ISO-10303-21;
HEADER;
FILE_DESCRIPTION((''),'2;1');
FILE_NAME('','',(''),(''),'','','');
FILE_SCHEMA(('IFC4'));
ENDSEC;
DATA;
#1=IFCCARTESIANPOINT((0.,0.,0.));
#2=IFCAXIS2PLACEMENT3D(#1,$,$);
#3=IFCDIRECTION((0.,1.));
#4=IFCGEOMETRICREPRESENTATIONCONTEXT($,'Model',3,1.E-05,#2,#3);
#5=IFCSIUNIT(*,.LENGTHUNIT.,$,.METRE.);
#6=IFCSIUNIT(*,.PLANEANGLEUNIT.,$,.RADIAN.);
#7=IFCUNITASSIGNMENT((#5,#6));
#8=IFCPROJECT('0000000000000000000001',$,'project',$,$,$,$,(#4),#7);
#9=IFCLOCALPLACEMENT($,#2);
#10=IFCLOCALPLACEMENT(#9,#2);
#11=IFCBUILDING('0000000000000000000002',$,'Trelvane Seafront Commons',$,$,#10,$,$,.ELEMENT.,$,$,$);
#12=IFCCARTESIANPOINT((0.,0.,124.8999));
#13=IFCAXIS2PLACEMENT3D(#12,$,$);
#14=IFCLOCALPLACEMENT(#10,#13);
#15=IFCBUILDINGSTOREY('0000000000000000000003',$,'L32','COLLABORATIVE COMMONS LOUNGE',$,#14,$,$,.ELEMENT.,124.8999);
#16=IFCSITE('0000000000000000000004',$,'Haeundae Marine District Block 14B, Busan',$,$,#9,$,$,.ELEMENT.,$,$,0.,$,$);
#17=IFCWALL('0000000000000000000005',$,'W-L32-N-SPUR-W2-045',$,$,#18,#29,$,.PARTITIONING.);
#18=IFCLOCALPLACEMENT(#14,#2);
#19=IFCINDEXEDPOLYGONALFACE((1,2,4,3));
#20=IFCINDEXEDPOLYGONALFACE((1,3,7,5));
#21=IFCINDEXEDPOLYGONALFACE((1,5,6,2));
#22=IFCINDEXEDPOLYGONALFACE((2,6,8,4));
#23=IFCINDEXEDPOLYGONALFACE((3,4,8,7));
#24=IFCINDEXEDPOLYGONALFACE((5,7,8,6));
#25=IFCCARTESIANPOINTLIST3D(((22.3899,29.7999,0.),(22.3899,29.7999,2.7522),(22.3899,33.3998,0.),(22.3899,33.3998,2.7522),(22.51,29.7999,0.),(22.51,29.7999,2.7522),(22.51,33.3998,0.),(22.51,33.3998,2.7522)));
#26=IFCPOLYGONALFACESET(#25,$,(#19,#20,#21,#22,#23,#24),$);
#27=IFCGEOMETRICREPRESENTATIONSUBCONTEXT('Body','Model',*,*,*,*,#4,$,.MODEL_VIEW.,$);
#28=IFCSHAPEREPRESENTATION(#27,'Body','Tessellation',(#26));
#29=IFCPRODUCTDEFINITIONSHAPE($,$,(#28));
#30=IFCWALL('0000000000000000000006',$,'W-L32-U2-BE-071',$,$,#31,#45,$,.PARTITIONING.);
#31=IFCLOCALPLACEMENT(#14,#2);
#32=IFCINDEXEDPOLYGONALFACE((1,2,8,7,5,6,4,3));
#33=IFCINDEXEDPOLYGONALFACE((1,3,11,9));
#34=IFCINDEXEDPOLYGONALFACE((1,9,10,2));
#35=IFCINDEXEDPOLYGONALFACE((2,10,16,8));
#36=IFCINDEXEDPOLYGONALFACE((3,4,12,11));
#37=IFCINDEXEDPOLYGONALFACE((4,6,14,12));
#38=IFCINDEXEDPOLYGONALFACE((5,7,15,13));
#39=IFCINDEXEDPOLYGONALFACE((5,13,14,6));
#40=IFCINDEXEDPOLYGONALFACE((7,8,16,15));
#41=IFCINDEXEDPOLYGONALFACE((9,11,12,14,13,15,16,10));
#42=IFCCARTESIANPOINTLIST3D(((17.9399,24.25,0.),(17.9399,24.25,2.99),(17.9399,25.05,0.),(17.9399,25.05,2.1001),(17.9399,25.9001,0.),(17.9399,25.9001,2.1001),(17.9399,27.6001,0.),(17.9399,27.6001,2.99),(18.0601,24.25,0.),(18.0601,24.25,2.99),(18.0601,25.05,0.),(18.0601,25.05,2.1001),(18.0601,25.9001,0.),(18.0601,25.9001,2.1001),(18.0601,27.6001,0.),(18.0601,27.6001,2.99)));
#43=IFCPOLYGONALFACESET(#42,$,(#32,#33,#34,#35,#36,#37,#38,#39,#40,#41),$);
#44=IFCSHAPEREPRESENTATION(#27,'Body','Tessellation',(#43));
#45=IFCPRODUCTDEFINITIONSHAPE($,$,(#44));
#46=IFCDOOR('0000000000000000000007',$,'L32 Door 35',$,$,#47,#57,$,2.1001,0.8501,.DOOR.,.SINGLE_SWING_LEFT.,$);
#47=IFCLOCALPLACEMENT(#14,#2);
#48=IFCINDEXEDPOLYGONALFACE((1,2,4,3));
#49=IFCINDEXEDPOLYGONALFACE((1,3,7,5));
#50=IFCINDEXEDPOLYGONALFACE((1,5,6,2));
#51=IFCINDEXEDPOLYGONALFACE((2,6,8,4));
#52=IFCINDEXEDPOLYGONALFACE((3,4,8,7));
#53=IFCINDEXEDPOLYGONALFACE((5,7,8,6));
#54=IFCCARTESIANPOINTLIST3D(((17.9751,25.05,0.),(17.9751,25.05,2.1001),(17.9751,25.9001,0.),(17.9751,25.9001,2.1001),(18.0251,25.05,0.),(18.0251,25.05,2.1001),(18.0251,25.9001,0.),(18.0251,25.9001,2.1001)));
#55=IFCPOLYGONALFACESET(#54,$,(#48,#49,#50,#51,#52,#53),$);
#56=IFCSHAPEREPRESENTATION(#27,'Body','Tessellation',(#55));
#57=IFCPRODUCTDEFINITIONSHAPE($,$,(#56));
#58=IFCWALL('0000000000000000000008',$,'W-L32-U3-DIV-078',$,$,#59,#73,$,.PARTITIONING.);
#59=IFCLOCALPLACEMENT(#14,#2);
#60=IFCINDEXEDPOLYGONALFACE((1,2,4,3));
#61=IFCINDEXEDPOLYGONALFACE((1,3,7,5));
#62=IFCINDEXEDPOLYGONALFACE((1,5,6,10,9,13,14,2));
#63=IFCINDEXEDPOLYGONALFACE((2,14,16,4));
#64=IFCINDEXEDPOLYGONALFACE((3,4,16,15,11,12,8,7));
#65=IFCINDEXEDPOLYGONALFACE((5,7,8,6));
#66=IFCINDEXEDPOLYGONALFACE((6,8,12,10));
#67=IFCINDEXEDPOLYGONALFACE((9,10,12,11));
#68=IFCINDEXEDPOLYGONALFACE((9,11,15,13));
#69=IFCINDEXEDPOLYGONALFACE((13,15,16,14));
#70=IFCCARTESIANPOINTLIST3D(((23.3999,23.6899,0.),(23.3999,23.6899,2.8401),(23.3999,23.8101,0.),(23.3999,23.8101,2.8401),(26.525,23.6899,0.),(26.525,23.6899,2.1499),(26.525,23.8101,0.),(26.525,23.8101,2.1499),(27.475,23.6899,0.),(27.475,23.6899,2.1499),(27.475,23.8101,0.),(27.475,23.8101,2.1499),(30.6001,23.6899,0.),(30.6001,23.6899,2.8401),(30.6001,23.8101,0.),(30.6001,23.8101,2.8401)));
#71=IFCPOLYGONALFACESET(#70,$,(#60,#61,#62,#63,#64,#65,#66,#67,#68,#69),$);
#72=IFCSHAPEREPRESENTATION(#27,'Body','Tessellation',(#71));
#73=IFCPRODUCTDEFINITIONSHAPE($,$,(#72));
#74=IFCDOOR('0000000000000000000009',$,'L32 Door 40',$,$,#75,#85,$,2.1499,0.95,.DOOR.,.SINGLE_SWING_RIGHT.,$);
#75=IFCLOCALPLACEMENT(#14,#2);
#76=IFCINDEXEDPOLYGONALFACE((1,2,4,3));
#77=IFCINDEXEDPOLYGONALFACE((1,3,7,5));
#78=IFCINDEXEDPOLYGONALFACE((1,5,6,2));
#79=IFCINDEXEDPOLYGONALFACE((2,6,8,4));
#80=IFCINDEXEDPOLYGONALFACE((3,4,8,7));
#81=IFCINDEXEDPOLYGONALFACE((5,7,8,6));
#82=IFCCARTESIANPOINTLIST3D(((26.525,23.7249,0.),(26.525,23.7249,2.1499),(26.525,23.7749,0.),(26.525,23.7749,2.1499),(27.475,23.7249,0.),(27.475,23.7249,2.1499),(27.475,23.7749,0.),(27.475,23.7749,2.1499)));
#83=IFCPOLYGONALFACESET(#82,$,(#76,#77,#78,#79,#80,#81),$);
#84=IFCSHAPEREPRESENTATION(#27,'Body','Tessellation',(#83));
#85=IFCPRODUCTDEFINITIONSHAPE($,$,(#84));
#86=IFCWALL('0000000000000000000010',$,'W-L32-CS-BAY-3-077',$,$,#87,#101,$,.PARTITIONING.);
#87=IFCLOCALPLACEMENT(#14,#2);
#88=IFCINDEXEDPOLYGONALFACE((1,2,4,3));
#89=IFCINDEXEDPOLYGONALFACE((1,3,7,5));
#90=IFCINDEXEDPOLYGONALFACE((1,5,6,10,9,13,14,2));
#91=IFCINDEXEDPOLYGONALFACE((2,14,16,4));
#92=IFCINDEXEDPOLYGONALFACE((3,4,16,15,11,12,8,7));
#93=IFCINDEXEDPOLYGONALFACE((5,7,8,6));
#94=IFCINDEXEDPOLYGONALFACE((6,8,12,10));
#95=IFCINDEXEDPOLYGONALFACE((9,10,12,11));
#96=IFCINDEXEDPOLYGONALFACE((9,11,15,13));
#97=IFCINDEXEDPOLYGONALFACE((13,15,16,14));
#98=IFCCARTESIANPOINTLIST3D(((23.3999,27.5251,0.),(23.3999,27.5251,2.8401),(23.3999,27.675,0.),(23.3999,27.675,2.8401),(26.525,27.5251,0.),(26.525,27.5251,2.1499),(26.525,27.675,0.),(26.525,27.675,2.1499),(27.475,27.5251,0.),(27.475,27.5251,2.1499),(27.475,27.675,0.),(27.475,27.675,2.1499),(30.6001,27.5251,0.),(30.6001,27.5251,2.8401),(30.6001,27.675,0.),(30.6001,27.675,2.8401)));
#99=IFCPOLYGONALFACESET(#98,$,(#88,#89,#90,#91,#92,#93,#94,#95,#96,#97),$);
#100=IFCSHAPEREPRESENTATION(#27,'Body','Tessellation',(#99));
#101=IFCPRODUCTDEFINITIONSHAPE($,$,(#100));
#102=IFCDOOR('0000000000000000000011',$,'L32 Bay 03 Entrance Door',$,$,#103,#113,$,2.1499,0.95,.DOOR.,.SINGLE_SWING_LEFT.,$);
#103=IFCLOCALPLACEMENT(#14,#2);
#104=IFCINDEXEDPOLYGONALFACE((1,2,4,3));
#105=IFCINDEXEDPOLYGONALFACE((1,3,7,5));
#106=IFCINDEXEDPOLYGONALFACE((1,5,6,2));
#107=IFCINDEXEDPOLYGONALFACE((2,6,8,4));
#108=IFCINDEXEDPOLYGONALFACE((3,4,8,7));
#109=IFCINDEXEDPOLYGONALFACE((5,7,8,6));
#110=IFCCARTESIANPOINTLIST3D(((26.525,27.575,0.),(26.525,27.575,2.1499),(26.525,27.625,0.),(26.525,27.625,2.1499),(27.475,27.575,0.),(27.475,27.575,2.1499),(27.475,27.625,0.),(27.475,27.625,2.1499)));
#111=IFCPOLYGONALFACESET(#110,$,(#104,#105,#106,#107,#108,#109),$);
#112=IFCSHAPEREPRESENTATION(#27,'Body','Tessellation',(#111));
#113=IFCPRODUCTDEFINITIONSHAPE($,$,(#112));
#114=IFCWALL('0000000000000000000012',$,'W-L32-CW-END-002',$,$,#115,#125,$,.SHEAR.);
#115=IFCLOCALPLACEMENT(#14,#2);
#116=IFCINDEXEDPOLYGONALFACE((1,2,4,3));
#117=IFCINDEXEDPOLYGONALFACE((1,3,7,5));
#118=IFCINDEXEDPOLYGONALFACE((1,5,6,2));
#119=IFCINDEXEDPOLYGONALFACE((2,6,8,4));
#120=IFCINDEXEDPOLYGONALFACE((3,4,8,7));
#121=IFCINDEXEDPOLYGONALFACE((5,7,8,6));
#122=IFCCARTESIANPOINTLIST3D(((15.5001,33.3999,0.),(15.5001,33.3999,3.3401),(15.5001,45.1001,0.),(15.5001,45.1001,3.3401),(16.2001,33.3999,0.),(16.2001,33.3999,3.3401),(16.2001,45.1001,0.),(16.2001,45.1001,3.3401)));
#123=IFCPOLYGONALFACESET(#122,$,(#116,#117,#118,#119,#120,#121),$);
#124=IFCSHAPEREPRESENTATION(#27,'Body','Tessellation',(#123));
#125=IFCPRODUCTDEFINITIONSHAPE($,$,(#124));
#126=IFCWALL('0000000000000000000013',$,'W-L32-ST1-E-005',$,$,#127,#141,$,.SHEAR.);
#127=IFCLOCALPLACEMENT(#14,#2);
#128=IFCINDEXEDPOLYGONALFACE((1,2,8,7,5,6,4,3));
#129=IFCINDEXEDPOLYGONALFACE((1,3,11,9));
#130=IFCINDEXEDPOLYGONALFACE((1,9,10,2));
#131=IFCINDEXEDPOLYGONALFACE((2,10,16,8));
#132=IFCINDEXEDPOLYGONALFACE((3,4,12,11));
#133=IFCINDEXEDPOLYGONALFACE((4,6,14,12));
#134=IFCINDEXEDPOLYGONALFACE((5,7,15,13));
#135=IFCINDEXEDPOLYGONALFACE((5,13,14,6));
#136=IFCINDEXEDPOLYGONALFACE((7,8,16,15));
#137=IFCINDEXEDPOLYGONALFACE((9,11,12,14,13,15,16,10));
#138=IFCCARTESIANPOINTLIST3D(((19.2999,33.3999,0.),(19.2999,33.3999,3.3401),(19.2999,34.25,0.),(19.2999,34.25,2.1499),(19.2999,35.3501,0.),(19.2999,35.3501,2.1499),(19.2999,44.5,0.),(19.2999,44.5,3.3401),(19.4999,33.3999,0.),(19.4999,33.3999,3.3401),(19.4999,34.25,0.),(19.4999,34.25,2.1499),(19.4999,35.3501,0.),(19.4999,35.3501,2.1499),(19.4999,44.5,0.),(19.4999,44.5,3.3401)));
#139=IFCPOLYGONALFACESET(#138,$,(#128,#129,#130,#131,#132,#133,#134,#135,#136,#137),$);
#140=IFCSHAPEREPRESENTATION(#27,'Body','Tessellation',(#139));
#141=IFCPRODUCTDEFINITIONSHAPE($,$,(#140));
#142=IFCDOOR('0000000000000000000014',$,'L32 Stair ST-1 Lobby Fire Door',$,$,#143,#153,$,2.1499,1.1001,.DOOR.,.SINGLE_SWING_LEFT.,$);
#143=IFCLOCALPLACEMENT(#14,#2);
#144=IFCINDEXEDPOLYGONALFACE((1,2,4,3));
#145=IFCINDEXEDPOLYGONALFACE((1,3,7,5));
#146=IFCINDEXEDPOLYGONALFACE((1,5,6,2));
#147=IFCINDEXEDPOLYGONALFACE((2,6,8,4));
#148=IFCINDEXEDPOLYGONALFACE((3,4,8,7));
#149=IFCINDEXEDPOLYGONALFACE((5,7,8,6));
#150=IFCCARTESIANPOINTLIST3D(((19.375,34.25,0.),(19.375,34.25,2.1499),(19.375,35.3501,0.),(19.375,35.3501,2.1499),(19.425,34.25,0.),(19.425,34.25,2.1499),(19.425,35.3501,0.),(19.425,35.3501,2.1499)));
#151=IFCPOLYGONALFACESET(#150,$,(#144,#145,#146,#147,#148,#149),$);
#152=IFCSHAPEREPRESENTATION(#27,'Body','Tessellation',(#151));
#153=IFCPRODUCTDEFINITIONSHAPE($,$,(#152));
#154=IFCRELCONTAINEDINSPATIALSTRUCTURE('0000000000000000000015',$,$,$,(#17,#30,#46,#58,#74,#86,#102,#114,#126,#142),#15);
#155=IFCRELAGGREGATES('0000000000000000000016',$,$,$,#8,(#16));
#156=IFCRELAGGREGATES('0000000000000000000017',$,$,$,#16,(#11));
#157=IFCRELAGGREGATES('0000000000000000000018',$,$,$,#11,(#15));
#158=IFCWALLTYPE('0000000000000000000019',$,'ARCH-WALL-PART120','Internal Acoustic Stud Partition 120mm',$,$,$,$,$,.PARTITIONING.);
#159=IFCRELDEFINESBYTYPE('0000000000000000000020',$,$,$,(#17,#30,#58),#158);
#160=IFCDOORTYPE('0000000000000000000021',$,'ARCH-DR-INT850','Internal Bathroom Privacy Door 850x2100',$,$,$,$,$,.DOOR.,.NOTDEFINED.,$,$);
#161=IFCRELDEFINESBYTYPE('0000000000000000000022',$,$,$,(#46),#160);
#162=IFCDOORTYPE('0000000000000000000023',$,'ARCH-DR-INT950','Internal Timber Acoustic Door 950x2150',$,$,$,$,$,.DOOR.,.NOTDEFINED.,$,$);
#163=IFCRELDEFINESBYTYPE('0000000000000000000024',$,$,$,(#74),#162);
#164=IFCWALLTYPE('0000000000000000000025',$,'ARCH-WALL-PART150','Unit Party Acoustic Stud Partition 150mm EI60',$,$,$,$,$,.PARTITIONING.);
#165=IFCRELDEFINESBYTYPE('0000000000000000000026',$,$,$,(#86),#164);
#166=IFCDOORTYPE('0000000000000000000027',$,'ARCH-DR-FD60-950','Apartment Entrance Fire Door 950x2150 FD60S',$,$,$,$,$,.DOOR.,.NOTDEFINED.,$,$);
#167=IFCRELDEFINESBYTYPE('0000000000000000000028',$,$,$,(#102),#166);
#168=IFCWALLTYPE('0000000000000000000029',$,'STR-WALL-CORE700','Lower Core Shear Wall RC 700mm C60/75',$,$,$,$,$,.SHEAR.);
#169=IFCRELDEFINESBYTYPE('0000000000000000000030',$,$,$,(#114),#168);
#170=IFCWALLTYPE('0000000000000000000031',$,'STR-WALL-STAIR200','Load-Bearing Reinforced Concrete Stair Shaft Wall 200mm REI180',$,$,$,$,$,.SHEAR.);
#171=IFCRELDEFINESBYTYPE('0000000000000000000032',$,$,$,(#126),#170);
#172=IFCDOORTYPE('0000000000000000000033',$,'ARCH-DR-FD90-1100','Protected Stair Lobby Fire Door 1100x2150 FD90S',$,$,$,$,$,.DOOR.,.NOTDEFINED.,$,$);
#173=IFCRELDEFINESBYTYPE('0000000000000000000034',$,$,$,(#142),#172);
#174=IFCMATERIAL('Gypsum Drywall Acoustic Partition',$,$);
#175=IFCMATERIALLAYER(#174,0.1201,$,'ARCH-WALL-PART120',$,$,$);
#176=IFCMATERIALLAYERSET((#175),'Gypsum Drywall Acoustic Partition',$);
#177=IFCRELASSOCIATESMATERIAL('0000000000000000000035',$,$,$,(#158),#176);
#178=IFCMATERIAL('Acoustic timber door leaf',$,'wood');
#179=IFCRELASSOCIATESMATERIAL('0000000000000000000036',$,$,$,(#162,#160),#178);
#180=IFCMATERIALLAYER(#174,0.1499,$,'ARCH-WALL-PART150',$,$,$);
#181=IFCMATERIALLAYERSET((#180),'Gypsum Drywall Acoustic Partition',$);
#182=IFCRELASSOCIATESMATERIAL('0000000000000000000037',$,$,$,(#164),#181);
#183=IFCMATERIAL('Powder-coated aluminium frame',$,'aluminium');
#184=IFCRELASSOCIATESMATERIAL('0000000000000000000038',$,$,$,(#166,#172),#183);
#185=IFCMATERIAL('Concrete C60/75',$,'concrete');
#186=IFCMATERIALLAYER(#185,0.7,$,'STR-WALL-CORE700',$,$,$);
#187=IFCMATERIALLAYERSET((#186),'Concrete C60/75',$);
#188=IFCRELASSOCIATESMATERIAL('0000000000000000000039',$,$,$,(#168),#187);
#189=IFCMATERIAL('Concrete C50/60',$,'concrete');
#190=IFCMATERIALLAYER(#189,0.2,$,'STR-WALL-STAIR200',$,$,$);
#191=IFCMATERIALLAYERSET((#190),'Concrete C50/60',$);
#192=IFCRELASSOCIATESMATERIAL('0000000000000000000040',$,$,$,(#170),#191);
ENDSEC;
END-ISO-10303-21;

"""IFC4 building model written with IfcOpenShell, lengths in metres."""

from ifc_helpers import new_model, si_unit, direction, frame, frame_2d, origin, place, context, subcontext, project, spatial, rectangle, extrude, source, transform, mapped, material, layer, layer_set, type_object, element, fill, save


model = new_model("IFC4")

# Units and contexts
model_context = context("Model", 3, precision=1e-05, world=origin(), true_north=direction((0.0, 1.0)))
body_context = subcontext(model_context, "Body", "Model", "MODEL_VIEW")
ifc_project = project(units=[si_unit("LENGTHUNIT", "METRE"), si_unit("PLANEANGLEUNIT", "RADIAN")], contexts=[model_context])

# Site, building, storey
site_placement = place(None, origin())
site = spatial("IfcSite", under=ifc_project, at=site_placement, Name="Haeundae Marine District Block 14B, Busan", CompositionType="ELEMENT", RefElevation=0.0)
building_placement = place(site_placement, origin())
building = spatial("IfcBuilding", under=site, at=building_placement, Name="Trelvane Seafront Commons", CompositionType="ELEMENT")
storey_placement = place(building_placement, frame((0.0, 0.0, 124.8999)))
storey = spatial("IfcBuildingStorey", under=building, at=storey_placement, Name="L32", Description="COLLABORATIVE COMMONS LOUNGE", CompositionType="ELEMENT", Elevation=124.8999)

# Shared definitions
ifc_material_1 = material(Name="Concrete C60/75", Category="concrete")

# Shared definitions
ifc_material_2 = material(Name="Powder-coated aluminium frame", Category="aluminium")
ifc_material_3 = material(Name="Gypsum Drywall Acoustic Partition")
ifc_layer_1 = layer(ifc_material_3, 0.1201, Name="ARCH-WALL-PART120")
ifc_layer_set_1 = layer_set([ifc_layer_1], Name="Gypsum Drywall Acoustic Partition")
wall_type_1 = type_object("IfcWallType", Name="ARCH-WALL-PART120", Description="Internal Acoustic Stud Partition 120mm", PredefinedType="PARTITIONING", material=ifc_layer_set_1)
ifc_material_4 = material(Name="Acoustic timber door leaf", Category="wood")
door_type_1 = type_object("IfcDoorType", Name="ARCH-DR-INT950", Description="Internal Timber Acoustic Door 950x2150", OperationType="NOTDEFINED", PredefinedType="DOOR", material=ifc_material_4)
shared_shape_1 = source(origin(), body_context, "Body", "SweptSolid", [
    extrude(rectangle(XDim=0.95, YDim=2.1499, at=frame_2d((0.4751, 1.075))), frame((0.0, 0.0249, 0.0), z_axis=(0.0, -1.0, 0.0), x_axis=(1.0, 0.0, 0.0)), (0.0, 0.0, 1.0), 0.05),
])

# Wall
for number, where, z_axis, x_axis, name in (
    (1, (22.45, 29.8, 0.0), (0.0, 0.0, 1.0), (0.0, 1.0, 0.0), "W-L32-N-SPUR-W2-045"),
):
    element("IfcWall", number, at=place(storey_placement, frame(where, z_axis=z_axis, x_axis=x_axis)), inside=storey, type_object=wall_type_1, Name=name, PredefinedType="PARTITIONING", context=body_context, shape_type="SweptSolid", body=[
        extrude(rectangle(XDim=3.5999, YDim=0.1201, at=frame_2d((1.7998, 0.0))), origin(), (0.0, 0.0, 1.0), 2.7522),
    ])

# Walls, openings, doors
wall_1_placement = place(storey_placement, frame((18.0, 24.25, 0.0), z_axis=(0.0, 0.0, 1.0), x_axis=(0.0, 1.0, 0.0)))
wall_1 = element("IfcWall", 2, at=wall_1_placement, inside=storey, type_object=wall_type_1, Name="W-L32-U2-BE-071", PredefinedType="PARTITIONING", context=body_context, shape_type="SweptSolid", body=[
    extrude(rectangle(XDim=3.3501, YDim=0.1201, at=frame_2d((1.675, 0.0))), origin(), (0.0, 0.0, 1.0), 2.99),
])
opening_1_placement = place(wall_1_placement, frame((0.8, 0.0, 0.0)))
opening_1 = element("IfcOpeningElement", 3, at=opening_1_placement, cuts=wall_1, PredefinedType="OPENING", context=body_context, shape_type="SweptSolid", body=[
    extrude(rectangle(XDim=0.8501, YDim=2.1001, at=frame_2d((0.425, 1.05))), frame((0.0, 0.0701, 0.0), z_axis=(0.0, -1.0, 0.0), x_axis=(1.0, 0.0, 0.0)), (0.0, 0.0, 1.0), 0.1401),
])
door_type_2 = type_object("IfcDoorType", Name="ARCH-DR-INT850", Description="Internal Bathroom Privacy Door 850x2100", OperationType="NOTDEFINED", PredefinedType="DOOR", material=ifc_material_4)
shared_shape_2 = source(origin(), body_context, "Body", "SweptSolid", [
    extrude(rectangle(XDim=0.8501, YDim=2.1001, at=frame_2d((0.425, 1.05))), frame((0.0, 0.0249, 0.0), z_axis=(0.0, -1.0, 0.0), x_axis=(1.0, 0.0, 0.0)), (0.0, 0.0, 1.0), 0.05),
])
door_1_placement = place(opening_1_placement, origin())
door_1 = element("IfcDoor", 4, at=door_1_placement, inside=storey, type_object=door_type_2, Name="L32 Door 35", OperationType="SINGLE_SWING_LEFT", OverallHeight=2.1001, OverallWidth=0.8501, PredefinedType="DOOR", context=body_context, shape_type="MappedRepresentation", body=[
    mapped(shared_shape_2, transform((0.0, 0.0, 0.0), x_axis=(1.0, 0.0, 0.0), y_axis=(0.0, 1.0, 0.0), z_axis=(0.0, 0.0, 1.0), scale=1.0)),
])
fill(opening_1, door_1)
wall_2_placement = place(storey_placement, frame((23.3999, 23.75, 0.0), z_axis=(0.0, 0.0, 1.0), x_axis=(1.0, 0.0, 0.0)))
wall_2 = element("IfcWall", 5, at=wall_2_placement, inside=storey, type_object=wall_type_1, Name="W-L32-U3-DIV-078", PredefinedType="PARTITIONING", context=body_context, shape_type="SweptSolid", body=[
    extrude(rectangle(XDim=7.2002, YDim=0.1201, at=frame_2d((3.6001, 0.0))), origin(), (0.0, 0.0, 1.0), 2.8401),
])
opening_2_placement = place(wall_2_placement, frame((3.125, 0.0, 0.0)))
opening_2 = element("IfcOpeningElement", 6, at=opening_2_placement, cuts=wall_2, PredefinedType="OPENING", context=body_context, shape_type="SweptSolid", body=[
    extrude(rectangle(XDim=0.95, YDim=2.1499, at=frame_2d((0.4751, 1.075))), frame((0.0, 0.0701, 0.0), z_axis=(0.0, -1.0, 0.0), x_axis=(1.0, 0.0, 0.0)), (0.0, 0.0, 1.0), 0.1401),
])
door_2_placement = place(opening_2_placement, origin())
door_2 = element("IfcDoor", 7, at=door_2_placement, inside=storey, type_object=door_type_1, Name="L32 Door 40", OperationType="SINGLE_SWING_RIGHT", OverallHeight=2.1499, OverallWidth=0.95, PredefinedType="DOOR", context=body_context, shape_type="MappedRepresentation", body=[
    mapped(shared_shape_1, transform((0.0, 0.0, 0.0), x_axis=(1.0, 0.0, 0.0), y_axis=(0.0, 1.0, 0.0), z_axis=(0.0, 0.0, 1.0), scale=1.0)),
])
fill(opening_2, door_2)
ifc_layer_2 = layer(ifc_material_3, 0.1499, Name="ARCH-WALL-PART150")
ifc_layer_set_2 = layer_set([ifc_layer_2], Name="Gypsum Drywall Acoustic Partition")
wall_type_2 = type_object("IfcWallType", Name="ARCH-WALL-PART150", Description="Unit Party Acoustic Stud Partition 150mm EI60", PredefinedType="PARTITIONING", material=ifc_layer_set_2)
wall_3_placement = place(storey_placement, frame((23.3999, 27.6001, 0.0), z_axis=(0.0, 0.0, 1.0), x_axis=(1.0, 0.0, 0.0)))
wall_3 = element("IfcWall", 8, at=wall_3_placement, inside=storey, type_object=wall_type_2, Name="W-L32-CS-BAY-3-077", PredefinedType="PARTITIONING", context=body_context, shape_type="SweptSolid", body=[
    extrude(rectangle(XDim=7.2002, YDim=0.1499, at=frame_2d((3.6001, 0.0))), origin(), (0.0, 0.0, 1.0), 2.8401),
])
opening_3_placement = place(wall_3_placement, frame((3.125, 0.0, 0.0)))
opening_3 = element("IfcOpeningElement", 9, at=opening_3_placement, cuts=wall_3, PredefinedType="OPENING", context=body_context, shape_type="SweptSolid", body=[
    extrude(rectangle(XDim=0.95, YDim=2.1499, at=frame_2d((0.4751, 1.075))), frame((0.0, 0.085, 0.0), z_axis=(0.0, -1.0, 0.0), x_axis=(1.0, 0.0, 0.0)), (0.0, 0.0, 1.0), 0.1699),
])
door_type_3 = type_object("IfcDoorType", Name="ARCH-DR-FD60-950", Description="Apartment Entrance Fire Door 950x2150 FD60S", OperationType="NOTDEFINED", PredefinedType="DOOR", material=ifc_material_2)
door_3_placement = place(opening_3_placement, origin())
door_3 = element("IfcDoor", 10, at=door_3_placement, inside=storey, type_object=door_type_3, Name="L32 Bay 03 Entrance Door", OperationType="SINGLE_SWING_LEFT", OverallHeight=2.1499, OverallWidth=0.95, PredefinedType="DOOR", context=body_context, shape_type="MappedRepresentation", body=[
    mapped(shared_shape_1, transform((0.0, 0.0, 0.0), x_axis=(1.0, 0.0, 0.0), y_axis=(0.0, 1.0, 0.0), z_axis=(0.0, 0.0, 1.0), scale=1.0)),
])
fill(opening_3, door_3)

# Wall
ifc_layer_3 = layer(ifc_material_1, 0.7, Name="STR-WALL-CORE700")
ifc_layer_set_3 = layer_set([ifc_layer_3], Name="Concrete C60/75")
wall_type_3 = type_object("IfcWallType", Name="STR-WALL-CORE700", Description="Lower Core Shear Wall RC 700mm C60/75", PredefinedType="SHEAR", material=ifc_layer_set_3)
wall_4_placement = place(storey_placement, frame((15.8501, 33.3999, 0.0), z_axis=(0.0, 0.0, 1.0), x_axis=(0.0, 1.0, 0.0)))
element("IfcWall", 11, at=wall_4_placement, inside=storey, type_object=wall_type_3, Name="W-L32-CW-END-002", PredefinedType="SHEAR", context=body_context, shape_type="SweptSolid", body=[
    extrude(rectangle(XDim=11.7002, YDim=0.7, at=frame_2d((5.8501, 0.0))), origin(), (0.0, 0.0, 1.0), 3.3401),
])

# Wall, opening, door
ifc_material_5 = material(Name="Concrete C50/60", Category="concrete")
ifc_layer_4 = layer(ifc_material_5, 0.2, Name="STR-WALL-STAIR200")
ifc_layer_set_4 = layer_set([ifc_layer_4], Name="Concrete C50/60")
wall_type_4 = type_object("IfcWallType", Name="STR-WALL-STAIR200", Description="Load-Bearing Reinforced Concrete Stair Shaft Wall 200mm REI180", PredefinedType="SHEAR", material=ifc_layer_set_4)
wall_5_placement = place(storey_placement, frame((19.3999, 33.3999, 0.0), z_axis=(0.0, 0.0, 1.0), x_axis=(0.0, 1.0, 0.0)))
wall_5 = element("IfcWall", 12, at=wall_5_placement, inside=storey, type_object=wall_type_4, Name="W-L32-ST1-E-005", PredefinedType="SHEAR", context=body_context, shape_type="SweptSolid", body=[
    extrude(rectangle(XDim=11.1001, YDim=0.2, at=frame_2d((5.55, 0.0))), origin(), (0.0, 0.0, 1.0), 3.3401),
])
opening_4_placement = place(wall_5_placement, frame((0.8501, 0.0, 0.0)))
opening_4 = element("IfcOpeningElement", 13, at=opening_4_placement, cuts=wall_5, PredefinedType="OPENING", context=body_context, shape_type="SweptSolid", body=[
    extrude(rectangle(XDim=1.1001, YDim=2.1499, at=frame_2d((0.55, 1.075))), frame((0.0, 0.1099, 0.0), z_axis=(0.0, -1.0, 0.0), x_axis=(1.0, 0.0, 0.0)), (0.0, 0.0, 1.0), 0.22),
])
door_type_4 = type_object("IfcDoorType", Name="ARCH-DR-FD90-1100", Description="Protected Stair Lobby Fire Door 1100x2150 FD90S", OperationType="NOTDEFINED", PredefinedType="DOOR", material=ifc_material_2)
shared_shape_3 = source(origin(), body_context, "Body", "SweptSolid", [
    extrude(rectangle(XDim=1.1001, YDim=2.1499, at=frame_2d((0.55, 1.075))), frame((0.0, 0.0249, 0.0), z_axis=(0.0, -1.0, 0.0), x_axis=(1.0, 0.0, 0.0)), (0.0, 0.0, 1.0), 0.05),
])
door_4_placement = place(opening_4_placement, origin())
door_4 = element("IfcDoor", 14, at=door_4_placement, inside=storey, type_object=door_type_4, Name="L32 Stair ST-1 Lobby Fire Door", OperationType="SINGLE_SWING_LEFT", OverallHeight=2.1499, OverallWidth=1.1001, PredefinedType="DOOR", context=body_context, shape_type="MappedRepresentation", body=[
    mapped(shared_shape_3, transform((0.0, 0.0, 0.0), x_axis=(1.0, 0.0, 0.0), y_axis=(0.0, 1.0, 0.0), z_axis=(0.0, 0.0, 1.0), scale=1.0)),
])
fill(opening_4, door_4)

save(model, "model.ifc")
